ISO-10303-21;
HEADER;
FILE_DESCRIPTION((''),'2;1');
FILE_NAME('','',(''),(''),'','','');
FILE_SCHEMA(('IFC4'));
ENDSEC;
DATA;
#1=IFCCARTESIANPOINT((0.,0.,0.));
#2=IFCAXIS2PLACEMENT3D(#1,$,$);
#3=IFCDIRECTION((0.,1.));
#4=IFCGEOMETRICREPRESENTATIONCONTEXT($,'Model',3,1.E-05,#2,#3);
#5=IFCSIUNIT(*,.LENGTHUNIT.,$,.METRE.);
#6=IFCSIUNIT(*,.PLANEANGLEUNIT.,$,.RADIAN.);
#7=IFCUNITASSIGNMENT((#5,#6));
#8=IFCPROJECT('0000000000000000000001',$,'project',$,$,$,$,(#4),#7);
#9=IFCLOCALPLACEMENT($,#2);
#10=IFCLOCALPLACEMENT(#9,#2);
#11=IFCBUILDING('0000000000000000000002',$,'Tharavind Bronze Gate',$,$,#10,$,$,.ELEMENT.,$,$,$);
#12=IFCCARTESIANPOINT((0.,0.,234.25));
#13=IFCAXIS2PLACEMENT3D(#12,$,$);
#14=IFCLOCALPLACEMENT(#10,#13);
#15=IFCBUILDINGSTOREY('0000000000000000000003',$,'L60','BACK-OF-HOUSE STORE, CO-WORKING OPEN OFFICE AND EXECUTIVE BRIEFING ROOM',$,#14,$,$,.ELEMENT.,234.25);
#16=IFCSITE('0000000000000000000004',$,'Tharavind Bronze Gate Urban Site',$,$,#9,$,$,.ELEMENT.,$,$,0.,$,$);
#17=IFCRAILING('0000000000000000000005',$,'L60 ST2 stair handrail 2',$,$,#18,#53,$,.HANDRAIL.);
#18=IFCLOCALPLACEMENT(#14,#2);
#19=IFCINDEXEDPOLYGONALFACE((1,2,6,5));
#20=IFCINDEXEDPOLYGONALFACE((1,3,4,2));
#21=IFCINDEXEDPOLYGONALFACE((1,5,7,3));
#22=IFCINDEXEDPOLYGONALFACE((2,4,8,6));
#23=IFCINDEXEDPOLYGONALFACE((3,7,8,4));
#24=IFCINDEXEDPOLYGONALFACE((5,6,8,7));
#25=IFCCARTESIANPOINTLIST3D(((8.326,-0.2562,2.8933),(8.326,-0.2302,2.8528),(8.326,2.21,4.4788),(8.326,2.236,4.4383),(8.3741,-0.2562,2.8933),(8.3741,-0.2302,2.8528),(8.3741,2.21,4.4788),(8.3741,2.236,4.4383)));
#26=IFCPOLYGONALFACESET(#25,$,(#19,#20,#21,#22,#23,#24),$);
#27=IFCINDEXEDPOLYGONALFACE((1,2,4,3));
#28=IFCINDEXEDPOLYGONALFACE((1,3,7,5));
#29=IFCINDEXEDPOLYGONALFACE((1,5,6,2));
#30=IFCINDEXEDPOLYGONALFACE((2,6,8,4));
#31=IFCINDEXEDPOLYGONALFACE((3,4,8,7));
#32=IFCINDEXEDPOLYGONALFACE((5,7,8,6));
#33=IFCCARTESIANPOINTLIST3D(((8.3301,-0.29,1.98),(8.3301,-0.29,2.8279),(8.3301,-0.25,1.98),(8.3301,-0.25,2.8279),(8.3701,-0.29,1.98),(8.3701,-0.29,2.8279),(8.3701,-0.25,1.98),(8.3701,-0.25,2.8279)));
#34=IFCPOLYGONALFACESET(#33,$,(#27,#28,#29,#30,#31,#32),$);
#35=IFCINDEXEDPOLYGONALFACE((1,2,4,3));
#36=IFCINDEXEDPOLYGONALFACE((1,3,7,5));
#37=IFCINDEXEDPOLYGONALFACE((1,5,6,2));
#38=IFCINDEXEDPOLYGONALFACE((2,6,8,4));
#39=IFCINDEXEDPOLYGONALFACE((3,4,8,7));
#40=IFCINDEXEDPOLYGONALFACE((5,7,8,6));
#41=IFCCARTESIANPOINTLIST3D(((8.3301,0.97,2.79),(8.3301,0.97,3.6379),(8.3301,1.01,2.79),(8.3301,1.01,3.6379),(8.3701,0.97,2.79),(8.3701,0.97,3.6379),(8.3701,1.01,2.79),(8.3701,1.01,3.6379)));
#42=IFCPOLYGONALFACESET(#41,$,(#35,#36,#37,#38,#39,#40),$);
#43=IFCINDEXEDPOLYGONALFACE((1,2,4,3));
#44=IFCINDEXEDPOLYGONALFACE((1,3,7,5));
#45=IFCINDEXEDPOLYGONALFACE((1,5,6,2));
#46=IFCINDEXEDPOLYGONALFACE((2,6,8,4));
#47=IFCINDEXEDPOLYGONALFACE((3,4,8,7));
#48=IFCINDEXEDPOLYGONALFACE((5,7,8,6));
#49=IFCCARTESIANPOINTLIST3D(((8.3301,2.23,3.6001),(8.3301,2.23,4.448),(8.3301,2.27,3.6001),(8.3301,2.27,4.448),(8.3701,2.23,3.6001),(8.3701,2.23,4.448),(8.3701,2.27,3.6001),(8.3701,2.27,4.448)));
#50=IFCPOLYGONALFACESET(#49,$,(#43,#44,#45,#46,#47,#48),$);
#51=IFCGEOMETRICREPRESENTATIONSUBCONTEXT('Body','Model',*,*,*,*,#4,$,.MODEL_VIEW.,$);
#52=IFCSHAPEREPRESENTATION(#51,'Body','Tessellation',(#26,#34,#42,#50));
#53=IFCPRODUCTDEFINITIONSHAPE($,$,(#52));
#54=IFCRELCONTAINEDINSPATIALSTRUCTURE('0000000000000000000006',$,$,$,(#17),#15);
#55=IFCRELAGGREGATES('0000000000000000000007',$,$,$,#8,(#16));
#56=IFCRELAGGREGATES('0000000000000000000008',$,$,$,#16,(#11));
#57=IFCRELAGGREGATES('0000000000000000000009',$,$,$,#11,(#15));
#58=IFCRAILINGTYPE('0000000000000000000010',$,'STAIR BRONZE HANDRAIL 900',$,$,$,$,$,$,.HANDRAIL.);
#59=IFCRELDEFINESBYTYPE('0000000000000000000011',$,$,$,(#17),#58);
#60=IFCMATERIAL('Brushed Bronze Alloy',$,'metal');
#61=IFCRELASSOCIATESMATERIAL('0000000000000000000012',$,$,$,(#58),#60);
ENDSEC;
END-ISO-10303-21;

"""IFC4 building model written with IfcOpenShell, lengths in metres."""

from ifc_helpers import new_model, si_unit, direction, frame, origin, origin_2d, place, context, subcontext, project, spatial, rectangle, extrude, material, type_object, element, save


model = new_model("IFC4")

# Units and contexts
model_context = context("Model", 3, precision=1e-05, world=origin(), true_north=direction((0.0, 1.0)))
body_context = subcontext(model_context, "Body", "Model", "MODEL_VIEW")
ifc_project = project(units=[si_unit("LENGTHUNIT", "METRE"), si_unit("PLANEANGLEUNIT", "RADIAN")], contexts=[model_context])

# Site, building, storey
site_placement = place(None, origin())
site = spatial("IfcSite", under=ifc_project, at=site_placement, Name="Tharavind Bronze Gate Urban Site", CompositionType="ELEMENT", RefElevation=0.0)
building_placement = place(site_placement, origin())
building = spatial("IfcBuilding", under=site, at=building_placement, Name="Tharavind Bronze Gate", CompositionType="ELEMENT")
storey_placement = place(building_placement, frame((0.0, 0.0, 234.25)))
storey = spatial("IfcBuildingStorey", under=building, at=storey_placement, Name="L60", Description="BACK-OF-HOUSE STORE, CO-WORKING OPEN OFFICE AND EXECUTIVE BRIEFING ROOM", CompositionType="ELEMENT", Elevation=234.25)

# Railing
ifc_material_1 = material(Name="Brushed Bronze Alloy", Category="metal")
railing_type = type_object("IfcRailingType", Name="STAIR BRONZE HANDRAIL 900", PredefinedType="HANDRAIL", material=ifc_material_1)
railing_placement = place(storey_placement, frame((8.3501, -0.27, 1.98)))
element("IfcRailing", 1, at=railing_placement, inside=storey, type_object=railing_type, Name="L60 ST2 stair handrail 2", PredefinedType="HANDRAIL", context=body_context, shape_type="SweptSolid", body=[
    extrude(rectangle(XDim=0.0481, YDim=0.0481, at=origin_2d()), frame((0.0, 0.0269, 0.8931), z_axis=(0.0, 0.841163, 0.540782), x_axis=(-1.0, 0.0, 0.0)), (0.0, 0.0, 1.0), 2.9319),
    extrude(rectangle(XDim=0.04, YDim=0.04, at=origin_2d()), origin(), (0.0, 0.0, 1.0), 0.8479),
    extrude(rectangle(XDim=0.04, YDim=0.04, at=origin_2d()), frame((0.0, 1.26, 0.8101)), (0.0, 0.0, 1.0), 0.8479),
    extrude(rectangle(XDim=0.04, YDim=0.04, at=origin_2d()), frame((0.0, 2.52, 1.6201)), (0.0, 0.0, 1.0), 0.8479),
])

save(model, "model.ifc")
